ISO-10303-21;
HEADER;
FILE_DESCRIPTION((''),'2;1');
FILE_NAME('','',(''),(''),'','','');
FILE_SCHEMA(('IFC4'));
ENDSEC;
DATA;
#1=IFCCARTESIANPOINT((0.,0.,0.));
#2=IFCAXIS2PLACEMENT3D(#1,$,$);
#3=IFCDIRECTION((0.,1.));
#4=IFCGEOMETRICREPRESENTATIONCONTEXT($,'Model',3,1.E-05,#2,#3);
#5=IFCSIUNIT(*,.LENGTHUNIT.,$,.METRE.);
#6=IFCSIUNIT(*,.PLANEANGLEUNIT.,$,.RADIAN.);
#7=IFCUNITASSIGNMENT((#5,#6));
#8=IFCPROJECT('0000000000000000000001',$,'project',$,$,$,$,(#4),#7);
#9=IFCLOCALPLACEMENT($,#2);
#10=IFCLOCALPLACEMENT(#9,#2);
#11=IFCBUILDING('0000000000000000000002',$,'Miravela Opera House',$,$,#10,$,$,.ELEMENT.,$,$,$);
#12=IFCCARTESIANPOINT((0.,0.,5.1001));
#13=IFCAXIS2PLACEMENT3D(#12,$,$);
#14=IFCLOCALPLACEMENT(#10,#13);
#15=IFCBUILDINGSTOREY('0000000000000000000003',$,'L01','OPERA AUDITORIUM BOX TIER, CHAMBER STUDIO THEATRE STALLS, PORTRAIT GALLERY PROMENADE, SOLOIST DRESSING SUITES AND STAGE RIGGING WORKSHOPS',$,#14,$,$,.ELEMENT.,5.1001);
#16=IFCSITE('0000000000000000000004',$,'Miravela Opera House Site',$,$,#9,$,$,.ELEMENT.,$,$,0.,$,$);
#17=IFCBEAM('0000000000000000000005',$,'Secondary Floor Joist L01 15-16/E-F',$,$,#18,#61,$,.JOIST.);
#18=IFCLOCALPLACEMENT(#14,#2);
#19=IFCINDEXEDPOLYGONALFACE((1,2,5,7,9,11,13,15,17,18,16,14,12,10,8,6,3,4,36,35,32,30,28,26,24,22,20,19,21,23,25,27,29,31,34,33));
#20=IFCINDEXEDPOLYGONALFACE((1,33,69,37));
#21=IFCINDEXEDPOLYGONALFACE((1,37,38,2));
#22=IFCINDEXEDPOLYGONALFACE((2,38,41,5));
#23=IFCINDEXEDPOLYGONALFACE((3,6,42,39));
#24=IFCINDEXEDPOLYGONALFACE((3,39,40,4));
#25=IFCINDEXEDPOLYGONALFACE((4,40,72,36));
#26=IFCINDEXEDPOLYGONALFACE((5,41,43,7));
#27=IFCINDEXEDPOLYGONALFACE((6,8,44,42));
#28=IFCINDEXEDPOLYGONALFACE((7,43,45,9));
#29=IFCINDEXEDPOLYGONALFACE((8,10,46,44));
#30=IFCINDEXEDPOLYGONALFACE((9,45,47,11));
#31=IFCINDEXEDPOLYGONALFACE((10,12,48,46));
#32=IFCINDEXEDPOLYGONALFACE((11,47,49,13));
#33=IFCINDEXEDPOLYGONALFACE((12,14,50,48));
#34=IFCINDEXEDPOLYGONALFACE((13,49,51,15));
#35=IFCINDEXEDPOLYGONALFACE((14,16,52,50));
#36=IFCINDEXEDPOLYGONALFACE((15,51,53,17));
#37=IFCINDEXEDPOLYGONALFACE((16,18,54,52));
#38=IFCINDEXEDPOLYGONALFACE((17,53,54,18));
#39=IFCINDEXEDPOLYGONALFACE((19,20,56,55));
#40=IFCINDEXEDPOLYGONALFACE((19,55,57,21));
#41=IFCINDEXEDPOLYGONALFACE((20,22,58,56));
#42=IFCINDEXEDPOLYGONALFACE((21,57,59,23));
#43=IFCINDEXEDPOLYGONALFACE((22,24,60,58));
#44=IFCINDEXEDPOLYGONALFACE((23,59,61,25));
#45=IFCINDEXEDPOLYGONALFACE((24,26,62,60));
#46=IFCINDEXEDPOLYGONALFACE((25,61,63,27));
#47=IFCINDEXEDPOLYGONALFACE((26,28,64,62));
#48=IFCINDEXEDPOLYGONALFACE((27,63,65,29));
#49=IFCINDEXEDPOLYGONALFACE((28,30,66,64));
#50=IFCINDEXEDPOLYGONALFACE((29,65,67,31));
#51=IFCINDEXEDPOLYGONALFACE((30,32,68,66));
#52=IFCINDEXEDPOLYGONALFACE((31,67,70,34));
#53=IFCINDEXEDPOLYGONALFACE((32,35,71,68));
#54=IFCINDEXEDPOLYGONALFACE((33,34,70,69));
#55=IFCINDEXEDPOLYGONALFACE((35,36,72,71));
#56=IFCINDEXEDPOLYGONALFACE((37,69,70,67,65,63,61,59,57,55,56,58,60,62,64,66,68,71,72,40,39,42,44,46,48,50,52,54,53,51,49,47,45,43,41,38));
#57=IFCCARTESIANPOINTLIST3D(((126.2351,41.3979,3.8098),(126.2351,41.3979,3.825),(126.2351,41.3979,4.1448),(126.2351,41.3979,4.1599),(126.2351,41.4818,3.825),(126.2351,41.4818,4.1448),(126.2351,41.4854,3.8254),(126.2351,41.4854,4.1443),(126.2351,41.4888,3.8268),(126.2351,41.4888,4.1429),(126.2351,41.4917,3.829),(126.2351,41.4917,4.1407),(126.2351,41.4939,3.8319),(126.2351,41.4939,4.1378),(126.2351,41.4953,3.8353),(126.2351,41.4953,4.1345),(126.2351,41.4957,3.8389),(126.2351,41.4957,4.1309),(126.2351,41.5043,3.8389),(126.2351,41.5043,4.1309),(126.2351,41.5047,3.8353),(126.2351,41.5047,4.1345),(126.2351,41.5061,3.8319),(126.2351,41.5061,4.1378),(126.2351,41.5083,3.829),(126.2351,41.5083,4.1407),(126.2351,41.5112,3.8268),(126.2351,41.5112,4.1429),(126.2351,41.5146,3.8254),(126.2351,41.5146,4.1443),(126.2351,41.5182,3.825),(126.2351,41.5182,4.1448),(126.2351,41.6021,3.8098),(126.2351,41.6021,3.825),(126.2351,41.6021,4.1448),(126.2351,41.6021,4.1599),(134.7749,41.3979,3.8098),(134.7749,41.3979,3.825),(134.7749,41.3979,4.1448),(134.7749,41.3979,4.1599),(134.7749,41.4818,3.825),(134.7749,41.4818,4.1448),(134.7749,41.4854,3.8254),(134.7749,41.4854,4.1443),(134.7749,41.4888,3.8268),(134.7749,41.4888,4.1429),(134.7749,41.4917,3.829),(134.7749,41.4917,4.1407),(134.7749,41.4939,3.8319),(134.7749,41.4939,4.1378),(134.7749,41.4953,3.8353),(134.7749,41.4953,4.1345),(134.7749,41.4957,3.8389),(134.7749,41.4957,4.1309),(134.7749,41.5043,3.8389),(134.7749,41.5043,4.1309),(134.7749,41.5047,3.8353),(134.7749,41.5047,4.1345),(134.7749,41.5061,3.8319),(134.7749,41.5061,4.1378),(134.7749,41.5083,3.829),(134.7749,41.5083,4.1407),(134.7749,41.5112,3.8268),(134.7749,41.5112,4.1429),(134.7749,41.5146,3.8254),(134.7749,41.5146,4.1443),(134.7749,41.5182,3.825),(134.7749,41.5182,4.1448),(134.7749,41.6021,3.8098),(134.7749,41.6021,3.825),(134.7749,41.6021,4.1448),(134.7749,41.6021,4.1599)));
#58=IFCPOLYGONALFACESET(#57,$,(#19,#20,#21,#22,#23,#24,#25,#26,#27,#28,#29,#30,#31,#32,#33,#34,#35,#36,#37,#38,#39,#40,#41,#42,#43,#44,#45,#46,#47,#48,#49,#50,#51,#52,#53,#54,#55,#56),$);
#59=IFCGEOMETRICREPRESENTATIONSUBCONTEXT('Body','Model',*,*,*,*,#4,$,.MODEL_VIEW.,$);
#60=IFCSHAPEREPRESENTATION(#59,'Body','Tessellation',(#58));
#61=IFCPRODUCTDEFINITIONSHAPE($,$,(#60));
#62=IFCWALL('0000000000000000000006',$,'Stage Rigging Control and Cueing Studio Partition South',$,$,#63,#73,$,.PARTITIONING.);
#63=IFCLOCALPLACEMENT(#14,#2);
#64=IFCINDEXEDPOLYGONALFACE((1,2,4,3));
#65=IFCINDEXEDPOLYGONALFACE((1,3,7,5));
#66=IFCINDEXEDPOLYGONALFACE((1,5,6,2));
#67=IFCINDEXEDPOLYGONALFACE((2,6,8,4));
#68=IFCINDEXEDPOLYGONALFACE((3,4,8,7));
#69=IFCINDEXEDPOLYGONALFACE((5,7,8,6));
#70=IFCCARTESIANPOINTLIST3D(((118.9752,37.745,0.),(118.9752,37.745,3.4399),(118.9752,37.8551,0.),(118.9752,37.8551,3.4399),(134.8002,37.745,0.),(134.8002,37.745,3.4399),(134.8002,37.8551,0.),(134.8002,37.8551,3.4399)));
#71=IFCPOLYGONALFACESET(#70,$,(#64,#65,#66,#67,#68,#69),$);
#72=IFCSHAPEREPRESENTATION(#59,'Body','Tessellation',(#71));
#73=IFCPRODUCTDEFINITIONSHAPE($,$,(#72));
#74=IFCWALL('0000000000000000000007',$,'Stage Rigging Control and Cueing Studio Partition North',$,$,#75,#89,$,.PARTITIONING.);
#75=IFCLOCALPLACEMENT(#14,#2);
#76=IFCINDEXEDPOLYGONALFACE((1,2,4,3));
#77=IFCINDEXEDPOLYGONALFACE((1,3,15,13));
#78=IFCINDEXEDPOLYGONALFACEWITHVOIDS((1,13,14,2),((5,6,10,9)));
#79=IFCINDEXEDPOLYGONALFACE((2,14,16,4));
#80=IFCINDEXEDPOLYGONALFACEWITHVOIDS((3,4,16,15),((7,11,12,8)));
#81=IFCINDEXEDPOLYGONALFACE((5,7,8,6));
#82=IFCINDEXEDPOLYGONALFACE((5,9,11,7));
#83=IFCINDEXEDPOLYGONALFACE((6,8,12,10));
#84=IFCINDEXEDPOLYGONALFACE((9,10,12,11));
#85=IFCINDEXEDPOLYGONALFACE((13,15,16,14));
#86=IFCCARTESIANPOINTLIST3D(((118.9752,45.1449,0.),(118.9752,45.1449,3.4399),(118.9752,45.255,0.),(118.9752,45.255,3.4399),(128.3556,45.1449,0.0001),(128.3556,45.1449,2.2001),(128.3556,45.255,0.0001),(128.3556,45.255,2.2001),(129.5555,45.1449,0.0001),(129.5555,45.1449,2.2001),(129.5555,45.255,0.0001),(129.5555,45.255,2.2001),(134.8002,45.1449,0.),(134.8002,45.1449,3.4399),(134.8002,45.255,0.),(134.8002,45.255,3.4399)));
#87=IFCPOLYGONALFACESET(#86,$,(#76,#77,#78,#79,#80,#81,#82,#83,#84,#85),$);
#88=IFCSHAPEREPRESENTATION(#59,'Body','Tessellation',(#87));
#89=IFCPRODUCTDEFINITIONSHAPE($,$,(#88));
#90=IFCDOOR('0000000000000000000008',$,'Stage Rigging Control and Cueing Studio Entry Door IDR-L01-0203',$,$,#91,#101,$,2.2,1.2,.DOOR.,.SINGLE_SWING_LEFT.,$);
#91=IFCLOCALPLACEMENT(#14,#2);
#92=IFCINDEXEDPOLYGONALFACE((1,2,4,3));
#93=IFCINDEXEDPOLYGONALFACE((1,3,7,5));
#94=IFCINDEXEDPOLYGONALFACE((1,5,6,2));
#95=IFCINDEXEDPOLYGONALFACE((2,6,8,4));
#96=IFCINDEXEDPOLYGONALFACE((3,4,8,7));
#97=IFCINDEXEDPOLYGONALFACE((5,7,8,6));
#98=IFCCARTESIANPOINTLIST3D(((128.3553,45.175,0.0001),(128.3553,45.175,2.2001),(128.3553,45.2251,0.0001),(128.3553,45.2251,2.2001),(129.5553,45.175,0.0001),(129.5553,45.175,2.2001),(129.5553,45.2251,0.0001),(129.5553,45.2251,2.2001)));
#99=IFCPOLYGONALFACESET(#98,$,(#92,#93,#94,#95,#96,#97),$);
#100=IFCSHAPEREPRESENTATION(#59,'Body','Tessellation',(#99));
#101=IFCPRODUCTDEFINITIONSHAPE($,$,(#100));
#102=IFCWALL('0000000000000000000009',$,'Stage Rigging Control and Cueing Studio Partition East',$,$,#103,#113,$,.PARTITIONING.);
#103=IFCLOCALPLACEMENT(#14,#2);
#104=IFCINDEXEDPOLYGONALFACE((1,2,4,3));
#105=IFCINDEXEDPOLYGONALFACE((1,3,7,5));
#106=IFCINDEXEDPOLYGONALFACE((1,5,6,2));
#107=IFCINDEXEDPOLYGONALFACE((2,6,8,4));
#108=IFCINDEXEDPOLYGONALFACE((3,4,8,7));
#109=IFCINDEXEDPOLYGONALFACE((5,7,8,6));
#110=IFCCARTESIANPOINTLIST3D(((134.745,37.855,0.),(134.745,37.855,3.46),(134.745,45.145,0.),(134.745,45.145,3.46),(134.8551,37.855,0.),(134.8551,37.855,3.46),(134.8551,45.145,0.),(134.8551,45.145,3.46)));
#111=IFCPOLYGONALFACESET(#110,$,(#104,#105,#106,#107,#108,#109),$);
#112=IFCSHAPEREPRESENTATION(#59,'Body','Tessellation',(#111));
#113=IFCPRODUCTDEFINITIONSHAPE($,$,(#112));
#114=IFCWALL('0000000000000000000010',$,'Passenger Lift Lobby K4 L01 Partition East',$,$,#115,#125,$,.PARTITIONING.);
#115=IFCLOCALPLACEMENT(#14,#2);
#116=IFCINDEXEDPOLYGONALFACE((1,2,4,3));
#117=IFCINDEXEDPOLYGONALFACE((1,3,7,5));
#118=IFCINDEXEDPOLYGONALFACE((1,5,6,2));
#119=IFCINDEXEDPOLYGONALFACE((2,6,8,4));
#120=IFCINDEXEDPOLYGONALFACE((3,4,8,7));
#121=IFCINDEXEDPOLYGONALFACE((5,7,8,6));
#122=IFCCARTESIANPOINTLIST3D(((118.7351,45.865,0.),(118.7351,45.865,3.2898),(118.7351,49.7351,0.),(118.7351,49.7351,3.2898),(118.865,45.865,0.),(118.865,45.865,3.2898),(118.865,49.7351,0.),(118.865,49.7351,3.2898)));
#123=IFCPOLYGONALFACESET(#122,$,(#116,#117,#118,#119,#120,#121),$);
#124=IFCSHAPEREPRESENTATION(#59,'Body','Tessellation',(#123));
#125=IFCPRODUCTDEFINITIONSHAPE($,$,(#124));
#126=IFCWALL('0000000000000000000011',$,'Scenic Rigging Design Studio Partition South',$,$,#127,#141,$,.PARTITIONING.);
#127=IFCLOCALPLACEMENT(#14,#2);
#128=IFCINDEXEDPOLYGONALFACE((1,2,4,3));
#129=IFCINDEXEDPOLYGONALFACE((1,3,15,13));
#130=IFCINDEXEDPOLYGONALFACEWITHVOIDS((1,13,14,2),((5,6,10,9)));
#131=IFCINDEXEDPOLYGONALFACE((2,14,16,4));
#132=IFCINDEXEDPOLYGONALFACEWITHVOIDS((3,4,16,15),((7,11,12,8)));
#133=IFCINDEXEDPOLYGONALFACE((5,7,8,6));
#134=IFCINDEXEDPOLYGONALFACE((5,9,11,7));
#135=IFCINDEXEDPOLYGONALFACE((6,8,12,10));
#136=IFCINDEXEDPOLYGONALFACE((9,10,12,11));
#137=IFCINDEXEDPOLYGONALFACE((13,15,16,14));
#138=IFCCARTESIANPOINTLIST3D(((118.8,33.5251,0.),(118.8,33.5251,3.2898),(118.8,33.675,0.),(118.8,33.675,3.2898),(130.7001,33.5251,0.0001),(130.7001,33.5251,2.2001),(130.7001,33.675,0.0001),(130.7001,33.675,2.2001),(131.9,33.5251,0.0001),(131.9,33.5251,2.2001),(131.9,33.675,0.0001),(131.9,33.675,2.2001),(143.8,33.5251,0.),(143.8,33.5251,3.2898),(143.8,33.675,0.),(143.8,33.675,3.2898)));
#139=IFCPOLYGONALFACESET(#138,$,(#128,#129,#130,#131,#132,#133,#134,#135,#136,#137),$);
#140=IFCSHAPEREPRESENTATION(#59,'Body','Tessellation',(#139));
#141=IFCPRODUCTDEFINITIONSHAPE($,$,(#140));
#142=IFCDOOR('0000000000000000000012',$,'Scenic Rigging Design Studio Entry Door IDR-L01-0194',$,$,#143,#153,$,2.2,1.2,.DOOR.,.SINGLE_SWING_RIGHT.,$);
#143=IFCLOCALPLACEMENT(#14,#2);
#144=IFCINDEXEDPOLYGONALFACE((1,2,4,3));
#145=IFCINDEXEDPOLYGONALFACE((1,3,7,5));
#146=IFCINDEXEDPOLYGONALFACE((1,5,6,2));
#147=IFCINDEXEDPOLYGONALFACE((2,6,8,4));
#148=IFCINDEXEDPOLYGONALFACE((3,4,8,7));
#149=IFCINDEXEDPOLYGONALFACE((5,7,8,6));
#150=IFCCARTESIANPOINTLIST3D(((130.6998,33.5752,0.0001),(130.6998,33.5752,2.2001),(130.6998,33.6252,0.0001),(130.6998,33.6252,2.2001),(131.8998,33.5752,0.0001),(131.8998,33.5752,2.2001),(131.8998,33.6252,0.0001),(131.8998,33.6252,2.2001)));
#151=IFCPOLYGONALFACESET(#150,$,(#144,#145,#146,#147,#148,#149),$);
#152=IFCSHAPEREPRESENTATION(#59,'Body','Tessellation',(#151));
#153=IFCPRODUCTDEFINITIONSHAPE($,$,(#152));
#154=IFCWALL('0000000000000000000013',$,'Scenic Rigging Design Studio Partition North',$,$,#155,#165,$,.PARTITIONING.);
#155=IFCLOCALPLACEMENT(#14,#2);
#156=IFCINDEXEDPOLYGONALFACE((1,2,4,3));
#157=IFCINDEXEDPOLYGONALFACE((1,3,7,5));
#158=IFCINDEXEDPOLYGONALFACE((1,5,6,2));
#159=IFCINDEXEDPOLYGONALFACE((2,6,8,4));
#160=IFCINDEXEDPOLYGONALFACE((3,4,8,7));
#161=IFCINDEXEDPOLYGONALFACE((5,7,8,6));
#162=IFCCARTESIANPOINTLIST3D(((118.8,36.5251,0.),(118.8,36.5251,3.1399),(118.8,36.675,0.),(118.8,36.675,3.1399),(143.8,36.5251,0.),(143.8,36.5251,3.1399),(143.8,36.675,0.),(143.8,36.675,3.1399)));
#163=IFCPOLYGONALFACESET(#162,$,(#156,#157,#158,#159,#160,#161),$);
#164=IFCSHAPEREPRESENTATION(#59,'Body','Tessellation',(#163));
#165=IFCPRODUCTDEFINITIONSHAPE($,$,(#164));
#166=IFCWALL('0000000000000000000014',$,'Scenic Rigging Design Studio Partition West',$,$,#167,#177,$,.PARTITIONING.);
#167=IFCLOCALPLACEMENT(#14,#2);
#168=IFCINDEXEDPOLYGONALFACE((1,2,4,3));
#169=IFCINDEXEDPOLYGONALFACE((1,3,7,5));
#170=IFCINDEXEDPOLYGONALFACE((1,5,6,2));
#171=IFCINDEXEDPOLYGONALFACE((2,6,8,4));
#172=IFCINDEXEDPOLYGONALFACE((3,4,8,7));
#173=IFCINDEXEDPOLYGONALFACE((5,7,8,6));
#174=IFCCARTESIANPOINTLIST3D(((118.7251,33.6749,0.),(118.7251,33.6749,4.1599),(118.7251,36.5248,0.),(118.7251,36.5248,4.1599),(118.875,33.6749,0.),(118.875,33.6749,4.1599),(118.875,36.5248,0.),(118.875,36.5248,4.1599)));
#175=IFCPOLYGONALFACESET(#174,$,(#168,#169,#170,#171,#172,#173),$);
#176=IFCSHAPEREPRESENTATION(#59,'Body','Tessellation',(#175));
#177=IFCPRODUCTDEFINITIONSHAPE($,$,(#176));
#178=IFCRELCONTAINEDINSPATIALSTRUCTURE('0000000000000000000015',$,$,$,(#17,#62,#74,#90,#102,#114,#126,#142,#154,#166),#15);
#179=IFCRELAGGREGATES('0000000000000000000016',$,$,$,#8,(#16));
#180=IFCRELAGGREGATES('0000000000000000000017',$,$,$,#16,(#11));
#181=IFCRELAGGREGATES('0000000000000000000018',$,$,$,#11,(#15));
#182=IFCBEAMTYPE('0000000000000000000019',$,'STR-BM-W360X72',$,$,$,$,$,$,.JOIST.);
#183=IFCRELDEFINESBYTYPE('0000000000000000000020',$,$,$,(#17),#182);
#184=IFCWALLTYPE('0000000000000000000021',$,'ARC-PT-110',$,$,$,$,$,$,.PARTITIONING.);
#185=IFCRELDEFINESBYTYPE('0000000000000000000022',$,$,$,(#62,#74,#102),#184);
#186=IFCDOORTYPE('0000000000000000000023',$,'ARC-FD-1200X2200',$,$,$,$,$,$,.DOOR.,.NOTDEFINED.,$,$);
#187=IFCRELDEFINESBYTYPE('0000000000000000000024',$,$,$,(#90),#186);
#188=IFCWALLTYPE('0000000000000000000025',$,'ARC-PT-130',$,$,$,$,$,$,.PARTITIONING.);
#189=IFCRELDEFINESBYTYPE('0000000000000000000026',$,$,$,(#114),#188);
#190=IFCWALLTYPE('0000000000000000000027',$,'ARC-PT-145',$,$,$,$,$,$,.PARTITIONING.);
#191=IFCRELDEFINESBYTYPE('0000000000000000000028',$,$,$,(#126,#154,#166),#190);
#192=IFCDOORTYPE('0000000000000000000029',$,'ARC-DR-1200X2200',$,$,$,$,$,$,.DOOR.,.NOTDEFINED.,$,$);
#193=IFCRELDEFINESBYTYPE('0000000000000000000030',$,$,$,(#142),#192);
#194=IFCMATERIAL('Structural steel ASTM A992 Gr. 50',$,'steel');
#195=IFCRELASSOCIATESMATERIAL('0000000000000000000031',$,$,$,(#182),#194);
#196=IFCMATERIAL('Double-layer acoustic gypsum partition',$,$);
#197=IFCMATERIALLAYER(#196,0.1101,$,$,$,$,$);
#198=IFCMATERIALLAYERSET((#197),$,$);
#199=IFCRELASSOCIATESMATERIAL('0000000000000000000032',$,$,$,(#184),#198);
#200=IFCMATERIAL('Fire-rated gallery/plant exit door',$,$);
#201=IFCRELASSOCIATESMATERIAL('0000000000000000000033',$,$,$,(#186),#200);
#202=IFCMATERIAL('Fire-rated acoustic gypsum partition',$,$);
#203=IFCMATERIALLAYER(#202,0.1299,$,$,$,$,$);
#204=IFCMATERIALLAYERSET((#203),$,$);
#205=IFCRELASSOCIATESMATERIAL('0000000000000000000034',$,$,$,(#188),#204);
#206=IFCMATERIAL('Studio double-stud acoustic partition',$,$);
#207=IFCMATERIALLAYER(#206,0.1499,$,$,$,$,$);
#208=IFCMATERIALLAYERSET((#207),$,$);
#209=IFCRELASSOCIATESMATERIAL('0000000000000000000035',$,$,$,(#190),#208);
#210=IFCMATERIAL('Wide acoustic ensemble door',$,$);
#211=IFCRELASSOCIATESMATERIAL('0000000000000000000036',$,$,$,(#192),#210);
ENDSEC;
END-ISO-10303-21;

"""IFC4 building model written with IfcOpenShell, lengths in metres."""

from ifc_helpers import new_model, si_unit, direction, frame, frame_2d, origin, origin_2d, place, context, subcontext, project, spatial, rectangle, i_section, extrude, material, layer, layer_set, material_profile, profile_set, type_object, element, fill, save


model = new_model("IFC4")

# Units and contexts
model_context = context("Model", 3, precision=1e-05, world=origin(), true_north=direction((0.0, 1.0)))
body_context = subcontext(model_context, "Body", "Model", "MODEL_VIEW")
ifc_project = project(units=[si_unit("LENGTHUNIT", "METRE"), si_unit("PLANEANGLEUNIT", "RADIAN")], contexts=[model_context])

# Site, building, storey
site_placement = place(None, origin())
site = spatial("IfcSite", under=ifc_project, at=site_placement, Name="Miravela Opera House Site", CompositionType="ELEMENT", RefElevation=0.0)
building_placement = place(site_placement, origin())
building = spatial("IfcBuilding", under=site, at=building_placement, Name="Miravela Opera House", CompositionType="ELEMENT")
storey_placement = place(building_placement, frame((0.0, 0.0, 5.1001)))
storey = spatial("IfcBuildingStorey", under=building, at=storey_placement, Name="L01", Description="OPERA AUDITORIUM BOX TIER, CHAMBER STUDIO THEATRE STALLS, PORTRAIT GALLERY PROMENADE, SOLOIST DRESSING SUITES AND STAGE RIGGING WORKSHOPS", CompositionType="ELEMENT", Elevation=5.1001)

# Beam
ifc_material_1 = material(Name="Structural steel ASTM A992 Gr. 50", Category="steel")
ifc_material_profile_1 = material_profile(ifc_material_1, i_section(OverallWidth=0.2041, OverallDepth=0.3501, WebThickness=0.0085, FlangeThickness=0.0151, FilletRadius=0.0139, at=origin_2d()), Name="W360X72")
ifc_profile_set_1 = profile_set([ifc_material_profile_1])
beam_type_1 = type_object("IfcBeamType", Name="STR-BM-W360X72", PredefinedType="JOIST", material=ifc_profile_set_1)
beam_1_placement = place(storey_placement, frame((126.2351, 41.5, 3.9849), z_axis=(1.0, 0.0, 0.0), x_axis=(0.0, 1.0, 0.0)))
element("IfcBeam", 1, at=beam_1_placement, inside=storey, type_object=beam_type_1, Name="Secondary Floor Joist L01 15-16/E-F", PredefinedType="JOIST", context=body_context, shape_type="SweptSolid", body=[
    extrude(i_section(OverallWidth=0.2041, OverallDepth=0.3501, WebThickness=0.0085, FlangeThickness=0.0151, FilletRadius=0.0139, at=origin_2d()), origin(), (0.0, 0.0, 1.0), 8.5398),
])

# Wall
ifc_material_2 = material(Name="Double-layer acoustic gypsum partition")
ifc_layer_1 = layer(ifc_material_2, 0.1101)
ifc_layer_set_1 = layer_set([ifc_layer_1])
wall_type_1 = type_object("IfcWallType", Name="ARC-PT-110", PredefinedType="PARTITIONING", material=ifc_layer_set_1)
wall_1_placement = place(storey_placement, frame((118.9751, 37.8, 0.0), z_axis=(0.0, 0.0, 1.0), x_axis=(1.0, 0.0, 0.0)))
element("IfcWall", 2, at=wall_1_placement, inside=storey, type_object=wall_type_1, Name="Stage Rigging Control and Cueing Studio Partition South", PredefinedType="PARTITIONING", context=body_context, shape_type="SweptSolid", body=[
    extrude(rectangle(XDim=15.825, YDim=0.1101, at=frame_2d((7.9126, 0.0))), origin(), (0.0, 0.0, 1.0), 3.4399),
])

# Wall, opening, door
wall_2_placement = place(storey_placement, frame((118.9751, 45.2, 0.0), z_axis=(0.0, 0.0, 1.0), x_axis=(1.0, 0.0, 0.0)))
wall_2 = element("IfcWall", 3, at=wall_2_placement, inside=storey, type_object=wall_type_1, Name="Stage Rigging Control and Cueing Studio Partition North", PredefinedType="PARTITIONING", context=body_context, shape_type="SweptSolid", body=[
    extrude(rectangle(XDim=15.825, YDim=0.1101, at=frame_2d((7.9126, 0.0))), origin(), (0.0, 0.0, 1.0), 3.4399),
])
opening_1_placement = place(wall_2_placement, frame((9.3804, 0.0, 0.0)))
opening_1 = element("IfcOpeningElement", 4, at=opening_1_placement, cuts=wall_2, PredefinedType="OPENING", context=body_context, shape_type="SweptSolid", body=[
    extrude(rectangle(XDim=1.2, YDim=2.2, at=frame_2d((0.6001, 1.1001))), frame((0.0, 0.0649, 0.0), z_axis=(0.0, -1.0, 0.0), x_axis=(1.0, 0.0, 0.0)), (0.0, 0.0, 1.0), 0.1301),
])
ifc_material_3 = material(Name="Fire-rated gallery/plant exit door")
door_type_1 = type_object("IfcDoorType", Name="ARC-FD-1200X2200", OperationType="NOTDEFINED", PredefinedType="DOOR", material=ifc_material_3)
door_1_placement = place(opening_1_placement, frame((1.2, 0.0, 0.0), z_axis=(0.0, 0.0, 1.0), x_axis=(-1.0, 0.0, 0.0)))
door_1 = element("IfcDoor", 5, at=door_1_placement, inside=storey, type_object=door_type_1, Name="Stage Rigging Control and Cueing Studio Entry Door IDR-L01-0203", OperationType="SINGLE_SWING_LEFT", OverallHeight=2.2, OverallWidth=1.2, PredefinedType="DOOR", context=body_context, shape_type="SweptSolid", body=[
    extrude(rectangle(XDim=1.2, YDim=2.2, at=frame_2d((0.6001, 1.1001))), frame((0.0, 0.0249, 0.0), z_axis=(0.0, -1.0, 0.0), x_axis=(1.0, 0.0, 0.0)), (0.0, 0.0, 1.0), 0.05),
])
fill(opening_1, door_1)

# Walls
wall_3_placement = place(storey_placement, frame((134.8, 37.855, 0.0), z_axis=(0.0, 0.0, 1.0), x_axis=(0.0, 1.0, 0.0)))
element("IfcWall", 6, at=wall_3_placement, inside=storey, type_object=wall_type_1, Name="Stage Rigging Control and Cueing Studio Partition East", PredefinedType="PARTITIONING", context=body_context, shape_type="SweptSolid", body=[
    extrude(rectangle(XDim=7.29, YDim=0.1101, at=frame_2d((3.645, 0.0))), origin(), (0.0, 0.0, 1.0), 3.46),
])
ifc_material_4 = material(Name="Fire-rated acoustic gypsum partition")
ifc_layer_2 = layer(ifc_material_4, 0.1299)
ifc_layer_set_2 = layer_set([ifc_layer_2])
wall_type_2 = type_object("IfcWallType", Name="ARC-PT-130", PredefinedType="PARTITIONING", material=ifc_layer_set_2)
wall_4_placement = place(storey_placement, frame((118.8, 45.865, 0.0), z_axis=(0.0, 0.0, 1.0), x_axis=(0.0, 1.0, 0.0)))
element("IfcWall", 7, at=wall_4_placement, inside=storey, type_object=wall_type_2, Name="Passenger Lift Lobby K4 L01 Partition East", PredefinedType="PARTITIONING", context=body_context, shape_type="SweptSolid", body=[
    extrude(rectangle(XDim=3.8701, YDim=0.1299, at=frame_2d((1.9351, 0.0))), origin(), (0.0, 0.0, 1.0), 3.2898),
])

# Wall, opening, door
ifc_material_5 = material(Name="Studio double-stud acoustic partition")
ifc_layer_3 = layer(ifc_material_5, 0.1499)
ifc_layer_set_3 = layer_set([ifc_layer_3])
wall_type_3 = type_object("IfcWallType", Name="ARC-PT-145", PredefinedType="PARTITIONING", material=ifc_layer_set_3)
wall_5_placement = place(storey_placement, frame((118.8, 33.6001, 0.0), z_axis=(0.0, 0.0, 1.0), x_axis=(1.0, 0.0, 0.0)))
wall_5 = element("IfcWall", 8, at=wall_5_placement, inside=storey, type_object=wall_type_3, Name="Scenic Rigging Design Studio Partition South", PredefinedType="PARTITIONING", context=body_context, shape_type="SweptSolid", body=[
    extrude(rectangle(XDim=25.0, YDim=0.1499, at=frame_2d((12.5, 0.0))), origin(), (0.0, 0.0, 1.0), 3.2898),
])
opening_2_placement = place(wall_5_placement, frame((11.8999, 0.0, 0.0)))
opening_2 = element("IfcOpeningElement", 9, at=opening_2_placement, cuts=wall_5, PredefinedType="OPENING", context=body_context, shape_type="SweptSolid", body=[
    extrude(rectangle(XDim=1.2, YDim=2.2, at=frame_2d((0.6001, 1.1001))), frame((0.0, 0.085, 0.0), z_axis=(0.0, -1.0, 0.0), x_axis=(1.0, 0.0, 0.0)), (0.0, 0.0, 1.0), 0.1699),
])
ifc_material_6 = material(Name="Wide acoustic ensemble door")
door_type_2 = type_object("IfcDoorType", Name="ARC-DR-1200X2200", OperationType="NOTDEFINED", PredefinedType="DOOR", material=ifc_material_6)
door_2_placement = place(opening_2_placement, frame((1.2, 0.0, 0.0), z_axis=(0.0, 0.0, 1.0), x_axis=(-1.0, 0.0, 0.0)))
door_2 = element("IfcDoor", 10, at=door_2_placement, inside=storey, type_object=door_type_2, Name="Scenic Rigging Design Studio Entry Door IDR-L01-0194", OperationType="SINGLE_SWING_RIGHT", OverallHeight=2.2, OverallWidth=1.2, PredefinedType="DOOR", context=body_context, shape_type="SweptSolid", body=[
    extrude(rectangle(XDim=1.2, YDim=2.2, at=frame_2d((0.6001, 1.1001))), frame((0.0, 0.0249, 0.0), z_axis=(0.0, -1.0, 0.0), x_axis=(1.0, 0.0, 0.0)), (0.0, 0.0, 1.0), 0.05),
])
fill(opening_2, door_2)

# Walls
wall_6_placement = place(storey_placement, frame((118.8, 36.6001, 0.0), z_axis=(0.0, 0.0, 1.0), x_axis=(1.0, 0.0, 0.0)))
element("IfcWall", 11, at=wall_6_placement, inside=storey, type_object=wall_type_3, Name="Scenic Rigging Design Studio Partition North", PredefinedType="PARTITIONING", context=body_context, shape_type="SweptSolid", body=[
    extrude(rectangle(XDim=25.0, YDim=0.1499, at=frame_2d((12.5, 0.0))), origin(), (0.0, 0.0, 1.0), 3.1399),
])
wall_7_placement = place(storey_placement, frame((118.8, 33.675, 0.0), z_axis=(0.0, 0.0, 1.0), x_axis=(0.0, 1.0, 0.0)))
element("IfcWall", 12, at=wall_7_placement, inside=storey, type_object=wall_type_3, Name="Scenic Rigging Design Studio Partition West", PredefinedType="PARTITIONING", context=body_context, shape_type="SweptSolid", body=[
    extrude(rectangle(XDim=2.8499, YDim=0.1499, at=frame_2d((1.4248, 0.0))), origin(), (0.0, 0.0, 1.0), 4.1599),
])

save(model, "model.ifc")
